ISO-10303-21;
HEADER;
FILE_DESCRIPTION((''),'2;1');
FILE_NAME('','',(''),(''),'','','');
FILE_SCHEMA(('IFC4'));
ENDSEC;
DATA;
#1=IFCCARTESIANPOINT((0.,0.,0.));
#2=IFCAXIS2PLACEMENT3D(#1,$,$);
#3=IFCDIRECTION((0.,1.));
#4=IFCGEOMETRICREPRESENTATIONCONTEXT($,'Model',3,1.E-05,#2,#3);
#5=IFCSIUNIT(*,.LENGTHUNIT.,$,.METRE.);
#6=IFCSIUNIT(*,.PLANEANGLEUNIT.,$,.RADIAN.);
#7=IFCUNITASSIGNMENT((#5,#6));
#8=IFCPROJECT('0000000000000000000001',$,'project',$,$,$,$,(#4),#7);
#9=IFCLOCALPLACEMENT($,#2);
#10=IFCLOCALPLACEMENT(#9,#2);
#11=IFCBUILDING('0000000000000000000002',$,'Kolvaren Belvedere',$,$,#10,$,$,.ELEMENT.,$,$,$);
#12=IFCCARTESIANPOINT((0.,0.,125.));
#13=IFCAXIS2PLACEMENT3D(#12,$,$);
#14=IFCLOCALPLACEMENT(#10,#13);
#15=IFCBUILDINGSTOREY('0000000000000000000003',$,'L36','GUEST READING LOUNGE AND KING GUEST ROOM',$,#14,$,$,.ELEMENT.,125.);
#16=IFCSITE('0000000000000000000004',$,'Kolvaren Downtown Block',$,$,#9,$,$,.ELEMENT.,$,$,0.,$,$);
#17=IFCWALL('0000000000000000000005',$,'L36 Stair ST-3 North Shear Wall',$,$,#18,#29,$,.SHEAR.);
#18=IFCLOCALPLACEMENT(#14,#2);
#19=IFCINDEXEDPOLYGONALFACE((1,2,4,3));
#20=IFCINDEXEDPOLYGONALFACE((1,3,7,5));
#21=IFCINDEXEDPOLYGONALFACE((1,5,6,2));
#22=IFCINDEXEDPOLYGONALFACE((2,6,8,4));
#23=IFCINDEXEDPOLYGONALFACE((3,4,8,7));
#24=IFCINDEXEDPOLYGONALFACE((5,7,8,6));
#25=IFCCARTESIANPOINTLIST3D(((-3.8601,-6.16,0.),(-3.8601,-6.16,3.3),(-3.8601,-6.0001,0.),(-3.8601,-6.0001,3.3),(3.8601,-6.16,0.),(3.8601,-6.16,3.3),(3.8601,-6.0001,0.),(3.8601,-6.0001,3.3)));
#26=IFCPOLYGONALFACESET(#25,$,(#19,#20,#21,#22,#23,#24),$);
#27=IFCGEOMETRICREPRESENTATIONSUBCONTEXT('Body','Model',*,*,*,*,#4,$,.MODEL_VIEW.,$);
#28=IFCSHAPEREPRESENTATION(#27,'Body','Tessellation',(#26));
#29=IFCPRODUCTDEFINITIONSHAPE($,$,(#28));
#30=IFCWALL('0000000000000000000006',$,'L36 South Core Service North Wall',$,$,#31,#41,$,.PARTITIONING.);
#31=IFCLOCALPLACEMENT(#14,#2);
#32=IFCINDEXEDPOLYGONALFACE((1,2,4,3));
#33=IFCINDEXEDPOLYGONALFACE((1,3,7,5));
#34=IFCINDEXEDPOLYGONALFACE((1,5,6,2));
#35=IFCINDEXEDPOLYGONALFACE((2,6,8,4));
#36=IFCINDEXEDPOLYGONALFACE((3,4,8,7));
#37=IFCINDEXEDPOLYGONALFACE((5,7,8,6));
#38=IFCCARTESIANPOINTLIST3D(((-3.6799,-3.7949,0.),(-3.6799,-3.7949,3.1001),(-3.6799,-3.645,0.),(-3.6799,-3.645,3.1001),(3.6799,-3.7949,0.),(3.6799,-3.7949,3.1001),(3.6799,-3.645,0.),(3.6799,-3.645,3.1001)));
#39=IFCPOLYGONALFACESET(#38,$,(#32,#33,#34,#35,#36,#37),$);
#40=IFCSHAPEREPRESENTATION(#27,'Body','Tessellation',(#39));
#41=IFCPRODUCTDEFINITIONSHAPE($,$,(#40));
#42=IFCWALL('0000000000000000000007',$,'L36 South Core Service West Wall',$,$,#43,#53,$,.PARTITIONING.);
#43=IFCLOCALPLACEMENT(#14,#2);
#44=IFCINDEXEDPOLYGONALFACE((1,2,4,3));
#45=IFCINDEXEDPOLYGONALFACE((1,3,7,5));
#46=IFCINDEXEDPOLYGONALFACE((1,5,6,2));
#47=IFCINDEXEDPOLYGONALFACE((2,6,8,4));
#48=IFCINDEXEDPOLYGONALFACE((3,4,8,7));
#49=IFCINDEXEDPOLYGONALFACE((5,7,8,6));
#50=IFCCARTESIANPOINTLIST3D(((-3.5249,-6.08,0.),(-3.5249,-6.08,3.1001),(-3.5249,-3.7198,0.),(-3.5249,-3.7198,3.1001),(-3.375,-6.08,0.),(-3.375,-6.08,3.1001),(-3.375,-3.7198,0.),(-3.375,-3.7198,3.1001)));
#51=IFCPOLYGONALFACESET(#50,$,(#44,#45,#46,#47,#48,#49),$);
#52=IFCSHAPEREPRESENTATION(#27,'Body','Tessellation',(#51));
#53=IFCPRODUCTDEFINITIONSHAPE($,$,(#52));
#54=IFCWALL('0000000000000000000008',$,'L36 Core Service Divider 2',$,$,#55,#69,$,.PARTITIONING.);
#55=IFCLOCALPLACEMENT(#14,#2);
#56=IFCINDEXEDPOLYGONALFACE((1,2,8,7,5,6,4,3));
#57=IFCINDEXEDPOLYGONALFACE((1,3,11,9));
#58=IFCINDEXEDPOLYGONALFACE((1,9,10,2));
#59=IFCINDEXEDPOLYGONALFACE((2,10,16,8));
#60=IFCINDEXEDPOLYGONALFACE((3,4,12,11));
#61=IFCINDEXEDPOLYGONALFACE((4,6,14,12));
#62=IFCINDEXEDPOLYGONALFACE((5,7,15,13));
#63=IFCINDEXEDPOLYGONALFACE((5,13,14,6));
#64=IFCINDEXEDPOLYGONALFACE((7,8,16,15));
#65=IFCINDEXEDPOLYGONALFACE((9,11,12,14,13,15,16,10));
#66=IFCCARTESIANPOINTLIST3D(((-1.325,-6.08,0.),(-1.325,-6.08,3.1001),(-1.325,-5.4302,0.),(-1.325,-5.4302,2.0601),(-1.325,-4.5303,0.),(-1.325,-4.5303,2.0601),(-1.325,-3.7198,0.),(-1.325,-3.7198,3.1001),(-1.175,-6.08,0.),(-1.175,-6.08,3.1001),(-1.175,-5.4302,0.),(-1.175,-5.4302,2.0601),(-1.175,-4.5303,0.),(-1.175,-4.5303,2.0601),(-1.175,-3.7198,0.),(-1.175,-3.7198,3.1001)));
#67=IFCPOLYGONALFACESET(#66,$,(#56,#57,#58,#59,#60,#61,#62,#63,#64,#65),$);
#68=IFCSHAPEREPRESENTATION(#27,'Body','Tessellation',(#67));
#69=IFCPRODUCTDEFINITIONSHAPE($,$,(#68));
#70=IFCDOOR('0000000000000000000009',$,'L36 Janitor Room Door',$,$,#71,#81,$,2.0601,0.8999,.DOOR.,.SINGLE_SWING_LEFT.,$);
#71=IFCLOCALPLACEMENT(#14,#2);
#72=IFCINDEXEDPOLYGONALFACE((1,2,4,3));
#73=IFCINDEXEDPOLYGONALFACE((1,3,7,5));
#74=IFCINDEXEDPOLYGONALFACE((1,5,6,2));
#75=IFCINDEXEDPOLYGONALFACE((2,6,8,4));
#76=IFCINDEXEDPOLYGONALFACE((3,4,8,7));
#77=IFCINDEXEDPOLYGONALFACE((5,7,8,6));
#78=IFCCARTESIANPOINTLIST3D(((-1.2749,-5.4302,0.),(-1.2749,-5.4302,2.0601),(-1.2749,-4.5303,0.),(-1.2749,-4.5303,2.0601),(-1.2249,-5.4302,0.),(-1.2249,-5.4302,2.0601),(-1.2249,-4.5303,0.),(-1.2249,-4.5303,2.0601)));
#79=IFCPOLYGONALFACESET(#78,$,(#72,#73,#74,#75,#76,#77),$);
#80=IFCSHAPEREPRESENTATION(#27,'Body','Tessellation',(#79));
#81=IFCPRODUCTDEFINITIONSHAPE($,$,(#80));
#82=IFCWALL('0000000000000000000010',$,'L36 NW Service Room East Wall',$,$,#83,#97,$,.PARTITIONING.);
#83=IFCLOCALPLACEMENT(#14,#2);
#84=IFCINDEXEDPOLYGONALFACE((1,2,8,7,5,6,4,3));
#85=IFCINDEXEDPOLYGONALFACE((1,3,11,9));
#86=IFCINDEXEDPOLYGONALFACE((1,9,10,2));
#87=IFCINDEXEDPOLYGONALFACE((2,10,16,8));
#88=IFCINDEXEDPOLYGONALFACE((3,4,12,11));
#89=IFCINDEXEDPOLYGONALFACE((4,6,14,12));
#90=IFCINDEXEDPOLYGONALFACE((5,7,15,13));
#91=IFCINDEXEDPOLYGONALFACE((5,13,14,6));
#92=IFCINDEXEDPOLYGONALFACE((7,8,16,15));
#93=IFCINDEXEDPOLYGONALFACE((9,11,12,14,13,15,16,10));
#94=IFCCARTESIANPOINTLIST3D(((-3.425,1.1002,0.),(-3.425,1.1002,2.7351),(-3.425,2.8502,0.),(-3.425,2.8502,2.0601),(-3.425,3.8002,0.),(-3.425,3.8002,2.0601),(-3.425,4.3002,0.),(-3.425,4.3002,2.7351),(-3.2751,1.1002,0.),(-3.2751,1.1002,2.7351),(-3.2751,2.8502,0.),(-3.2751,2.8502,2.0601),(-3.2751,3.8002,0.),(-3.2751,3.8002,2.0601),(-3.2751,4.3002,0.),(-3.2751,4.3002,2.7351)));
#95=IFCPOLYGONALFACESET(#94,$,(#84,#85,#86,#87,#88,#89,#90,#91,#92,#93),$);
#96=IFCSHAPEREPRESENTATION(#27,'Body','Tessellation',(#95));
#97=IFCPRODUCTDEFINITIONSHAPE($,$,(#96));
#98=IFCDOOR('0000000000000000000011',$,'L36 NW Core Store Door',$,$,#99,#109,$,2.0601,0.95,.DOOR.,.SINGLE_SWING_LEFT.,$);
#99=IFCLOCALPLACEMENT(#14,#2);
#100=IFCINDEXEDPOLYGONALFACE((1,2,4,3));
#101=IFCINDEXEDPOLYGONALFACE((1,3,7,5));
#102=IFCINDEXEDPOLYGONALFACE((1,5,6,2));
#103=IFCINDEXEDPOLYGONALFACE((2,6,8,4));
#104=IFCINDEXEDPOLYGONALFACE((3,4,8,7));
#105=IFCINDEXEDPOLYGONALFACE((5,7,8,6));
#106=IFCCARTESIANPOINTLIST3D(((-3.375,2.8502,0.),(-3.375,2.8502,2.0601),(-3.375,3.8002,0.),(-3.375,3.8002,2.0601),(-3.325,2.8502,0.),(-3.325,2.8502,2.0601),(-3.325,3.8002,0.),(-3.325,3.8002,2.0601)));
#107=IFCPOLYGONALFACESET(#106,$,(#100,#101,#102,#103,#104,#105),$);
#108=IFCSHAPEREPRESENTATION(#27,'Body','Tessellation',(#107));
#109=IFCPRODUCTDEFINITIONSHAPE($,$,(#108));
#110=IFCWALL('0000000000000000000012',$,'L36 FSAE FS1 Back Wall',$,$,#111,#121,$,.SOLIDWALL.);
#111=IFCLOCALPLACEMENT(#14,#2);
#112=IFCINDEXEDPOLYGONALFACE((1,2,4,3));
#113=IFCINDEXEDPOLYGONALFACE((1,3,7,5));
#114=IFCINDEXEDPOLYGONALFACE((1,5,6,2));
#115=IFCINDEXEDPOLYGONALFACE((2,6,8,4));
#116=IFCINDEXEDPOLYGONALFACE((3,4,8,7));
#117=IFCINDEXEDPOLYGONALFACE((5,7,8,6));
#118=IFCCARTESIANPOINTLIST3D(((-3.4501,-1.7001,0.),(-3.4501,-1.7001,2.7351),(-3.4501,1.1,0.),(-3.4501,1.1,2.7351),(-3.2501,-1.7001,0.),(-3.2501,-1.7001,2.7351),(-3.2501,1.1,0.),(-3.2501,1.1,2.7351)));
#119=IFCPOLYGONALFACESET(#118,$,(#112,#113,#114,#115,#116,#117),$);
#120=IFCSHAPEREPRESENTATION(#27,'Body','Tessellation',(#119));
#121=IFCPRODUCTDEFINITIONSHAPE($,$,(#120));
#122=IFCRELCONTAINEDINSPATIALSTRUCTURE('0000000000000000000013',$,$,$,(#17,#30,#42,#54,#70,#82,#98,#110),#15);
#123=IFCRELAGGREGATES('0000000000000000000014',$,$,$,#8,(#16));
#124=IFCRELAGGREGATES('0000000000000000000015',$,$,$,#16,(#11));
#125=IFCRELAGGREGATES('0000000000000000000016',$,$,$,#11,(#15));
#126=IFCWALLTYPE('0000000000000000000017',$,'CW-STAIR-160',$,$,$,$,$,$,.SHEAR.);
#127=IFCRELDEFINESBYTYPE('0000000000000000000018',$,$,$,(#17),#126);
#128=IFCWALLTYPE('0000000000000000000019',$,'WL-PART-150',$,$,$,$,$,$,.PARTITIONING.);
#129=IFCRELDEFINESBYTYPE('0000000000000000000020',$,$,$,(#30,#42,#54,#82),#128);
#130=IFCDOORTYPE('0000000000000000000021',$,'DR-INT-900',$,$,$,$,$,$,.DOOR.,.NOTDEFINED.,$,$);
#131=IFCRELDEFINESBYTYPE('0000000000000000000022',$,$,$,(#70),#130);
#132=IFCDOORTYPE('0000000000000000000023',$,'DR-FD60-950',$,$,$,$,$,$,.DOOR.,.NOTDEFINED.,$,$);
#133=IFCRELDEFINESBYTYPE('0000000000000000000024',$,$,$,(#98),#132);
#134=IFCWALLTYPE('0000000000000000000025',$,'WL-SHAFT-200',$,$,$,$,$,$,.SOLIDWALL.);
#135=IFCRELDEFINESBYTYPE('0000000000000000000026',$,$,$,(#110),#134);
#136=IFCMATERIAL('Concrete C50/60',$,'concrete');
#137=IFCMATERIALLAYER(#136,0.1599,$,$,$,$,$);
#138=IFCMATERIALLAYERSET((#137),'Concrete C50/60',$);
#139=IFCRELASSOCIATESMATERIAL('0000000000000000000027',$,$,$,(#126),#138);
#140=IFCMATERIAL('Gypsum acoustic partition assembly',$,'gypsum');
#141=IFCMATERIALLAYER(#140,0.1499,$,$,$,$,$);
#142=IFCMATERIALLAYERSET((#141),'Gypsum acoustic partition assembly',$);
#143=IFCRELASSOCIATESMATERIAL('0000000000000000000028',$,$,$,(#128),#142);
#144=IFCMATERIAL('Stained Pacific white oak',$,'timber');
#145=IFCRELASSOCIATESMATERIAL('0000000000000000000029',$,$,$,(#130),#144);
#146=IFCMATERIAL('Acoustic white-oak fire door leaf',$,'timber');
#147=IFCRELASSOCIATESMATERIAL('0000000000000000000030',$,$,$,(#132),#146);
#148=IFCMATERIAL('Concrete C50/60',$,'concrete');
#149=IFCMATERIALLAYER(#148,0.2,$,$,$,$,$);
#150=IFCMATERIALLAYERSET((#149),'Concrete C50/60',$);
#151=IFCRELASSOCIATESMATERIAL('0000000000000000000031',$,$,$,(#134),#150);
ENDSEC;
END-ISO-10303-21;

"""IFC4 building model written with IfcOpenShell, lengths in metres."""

from ifc_helpers import new_model, si_unit, direction, frame, frame_2d, origin, place, context, subcontext, project, spatial, rectangle, extrude, material, layer, layer_set, type_object, element, fill, save


model = new_model("IFC4")

# Units and contexts
model_context = context("Model", 3, precision=1e-05, world=origin(), true_north=direction((0.0, 1.0)))
body_context = subcontext(model_context, "Body", "Model", "MODEL_VIEW")
ifc_project = project(units=[si_unit("LENGTHUNIT", "METRE"), si_unit("PLANEANGLEUNIT", "RADIAN")], contexts=[model_context])

# Site, building, storey
site_placement = place(None, origin())
site = spatial("IfcSite", under=ifc_project, at=site_placement, Name="Kolvaren Downtown Block", CompositionType="ELEMENT", RefElevation=0.0)
building_placement = place(site_placement, origin())
building = spatial("IfcBuilding", under=site, at=building_placement, Name="Kolvaren Belvedere", CompositionType="ELEMENT")
storey_placement = place(building_placement, frame((0.0, 0.0, 125.0)))
storey = spatial("IfcBuildingStorey", under=building, at=storey_placement, Name="L36", Description="GUEST READING LOUNGE AND KING GUEST ROOM", CompositionType="ELEMENT", Elevation=125.0)

# Walls
ifc_material_1 = material(Name="Concrete C50/60", Category="concrete")
ifc_layer_1 = layer(ifc_material_1, 0.1599)
ifc_layer_set_1 = layer_set([ifc_layer_1], Name="Concrete C50/60")
wall_type_1 = type_object("IfcWallType", Name="CW-STAIR-160", PredefinedType="SHEAR", material=ifc_layer_set_1)
wall_1_placement = place(storey_placement, frame((-3.8601, -6.0801, 0.0), z_axis=(0.0, 0.0, 1.0), x_axis=(1.0, 0.0, 0.0)))
element("IfcWall", 1, at=wall_1_placement, inside=storey, type_object=wall_type_1, Name="L36 Stair ST-3 North Shear Wall", PredefinedType="SHEAR", context=body_context, shape_type="SweptSolid", body=[
    extrude(rectangle(XDim=7.7202, YDim=0.1599, at=frame_2d((3.8601, 0.0))), origin(), (0.0, 0.0, 1.0), 3.3),
])
ifc_material_2 = material(Name="Gypsum acoustic partition assembly", Category="gypsum")
ifc_layer_2 = layer(ifc_material_2, 0.1499)
ifc_layer_set_2 = layer_set([ifc_layer_2], Name="Gypsum acoustic partition assembly")
wall_type_2 = type_object("IfcWallType", Name="WL-PART-150", PredefinedType="PARTITIONING", material=ifc_layer_set_2)
wall_2_placement = place(storey_placement, frame((-3.6799, -3.72, 0.0), z_axis=(0.0, 0.0, 1.0), x_axis=(1.0, 0.0, 0.0)))
element("IfcWall", 2, at=wall_2_placement, inside=storey, type_object=wall_type_2, Name="L36 South Core Service North Wall", PredefinedType="PARTITIONING", context=body_context, shape_type="SweptSolid", body=[
    extrude(rectangle(XDim=7.3599, YDim=0.1499, at=frame_2d((3.6799, 0.0))), origin(), (0.0, 0.0, 1.0), 3.1001),
])
wall_3_placement = place(storey_placement, frame((-3.45, -6.0801, 0.0), z_axis=(0.0, 0.0, 1.0), x_axis=(0.0, 1.0, 0.0)))
element("IfcWall", 3, at=wall_3_placement, inside=storey, type_object=wall_type_2, Name="L36 South Core Service West Wall", PredefinedType="PARTITIONING", context=body_context, shape_type="SweptSolid", body=[
    extrude(rectangle(XDim=2.3601, YDim=0.1499, at=frame_2d((1.1802, 0.0))), origin(), (0.0, 0.0, 1.0), 3.1001),
])

# Walls, openings, doors
wall_4_placement = place(storey_placement, frame((-1.25, -6.0801, 0.0), z_axis=(0.0, 0.0, 1.0), x_axis=(0.0, 1.0, 0.0)))
wall_4 = element("IfcWall", 4, at=wall_4_placement, inside=storey, type_object=wall_type_2, Name="L36 Core Service Divider 2", PredefinedType="PARTITIONING", context=body_context, shape_type="SweptSolid", body=[
    extrude(rectangle(XDim=2.3601, YDim=0.1499, at=frame_2d((1.1802, 0.0))), origin(), (0.0, 0.0, 1.0), 3.1001),
])
opening_1_placement = place(wall_4_placement, frame((0.6499, 0.0, 0.0)))
opening_1 = element("IfcOpeningElement", 5, at=opening_1_placement, cuts=wall_4, PredefinedType="OPENING", context=body_context, shape_type="SweptSolid", body=[
    extrude(rectangle(XDim=0.8999, YDim=2.0601, at=frame_2d((0.45, 1.03))), frame((0.0, 0.085, 0.0), z_axis=(0.0, -1.0, 0.0), x_axis=(1.0, 0.0, 0.0)), (0.0, 0.0, 1.0), 0.1699),
])
ifc_material_3 = material(Name="Stained Pacific white oak", Category="timber")
door_type_1 = type_object("IfcDoorType", Name="DR-INT-900", OperationType="NOTDEFINED", PredefinedType="DOOR", material=ifc_material_3)
door_1_placement = place(opening_1_placement, origin())
door_1 = element("IfcDoor", 6, at=door_1_placement, inside=storey, type_object=door_type_1, Name="L36 Janitor Room Door", OperationType="SINGLE_SWING_LEFT", OverallHeight=2.0601, OverallWidth=0.8999, PredefinedType="DOOR", context=body_context, shape_type="SweptSolid", body=[
    extrude(rectangle(XDim=0.8999, YDim=2.0601, at=frame_2d((0.45, 1.03))), frame((0.0, 0.0249, 0.0), z_axis=(0.0, -1.0, 0.0), x_axis=(1.0, 0.0, 0.0)), (0.0, 0.0, 1.0), 0.05),
])
fill(opening_1, door_1)
wall_5_placement = place(storey_placement, frame((-3.3501, 1.1001, 0.0), z_axis=(0.0, 0.0, 1.0), x_axis=(0.0, 1.0, 0.0)))
wall_5 = element("IfcWall", 7, at=wall_5_placement, inside=storey, type_object=wall_type_2, Name="L36 NW Service Room East Wall", PredefinedType="PARTITIONING", context=body_context, shape_type="SweptSolid", body=[
    extrude(rectangle(XDim=3.2, YDim=0.1499, at=frame_2d((1.6001, 0.0))), origin(), (0.0, 0.0, 1.0), 2.7351),
])
opening_2_placement = place(wall_5_placement, frame((1.75, 0.0, 0.0)))
opening_2 = element("IfcOpeningElement", 8, at=opening_2_placement, cuts=wall_5, PredefinedType="OPENING", context=body_context, shape_type="SweptSolid", body=[
    extrude(rectangle(XDim=0.95, YDim=2.0601, at=frame_2d((0.4751, 1.03))), frame((0.0, 0.085, 0.0), z_axis=(0.0, -1.0, 0.0), x_axis=(1.0, 0.0, 0.0)), (0.0, 0.0, 1.0), 0.1699),
])
ifc_material_4 = material(Name="Acoustic white-oak fire door leaf", Category="timber")
door_type_2 = type_object("IfcDoorType", Name="DR-FD60-950", OperationType="NOTDEFINED", PredefinedType="DOOR", material=ifc_material_4)
door_2_placement = place(opening_2_placement, origin())
door_2 = element("IfcDoor", 9, at=door_2_placement, inside=storey, type_object=door_type_2, Name="L36 NW Core Store Door", OperationType="SINGLE_SWING_LEFT", OverallHeight=2.0601, OverallWidth=0.95, PredefinedType="DOOR", context=body_context, shape_type="SweptSolid", body=[
    extrude(rectangle(XDim=0.95, YDim=2.0601, at=frame_2d((0.4751, 1.03))), frame((0.0, 0.0249, 0.0), z_axis=(0.0, -1.0, 0.0), x_axis=(1.0, 0.0, 0.0)), (0.0, 0.0, 1.0), 0.05),
])
fill(opening_2, door_2)

# Wall
ifc_material_5 = material(Name="Concrete C50/60", Category="concrete")
ifc_layer_3 = layer(ifc_material_5, 0.2)
ifc_layer_set_3 = layer_set([ifc_layer_3], Name="Concrete C50/60")
wall_type_3 = type_object("IfcWallType", Name="WL-SHAFT-200", PredefinedType="SOLIDWALL", material=ifc_layer_set_3)
wall_6_placement = place(storey_placement, frame((-3.3501, -1.7, 0.0), z_axis=(0.0, 0.0, 1.0), x_axis=(0.0, 1.0, 0.0)))
element("IfcWall", 10, at=wall_6_placement, inside=storey, type_object=wall_type_3, Name="L36 FSAE FS1 Back Wall", PredefinedType="SOLIDWALL", context=body_context, shape_type="SweptSolid", body=[
    extrude(rectangle(XDim=2.8, YDim=0.2, at=frame_2d((1.3999, 0.0))), origin(), (0.0, 0.0, 1.0), 2.7351),
])

save(model, "model.ifc")
